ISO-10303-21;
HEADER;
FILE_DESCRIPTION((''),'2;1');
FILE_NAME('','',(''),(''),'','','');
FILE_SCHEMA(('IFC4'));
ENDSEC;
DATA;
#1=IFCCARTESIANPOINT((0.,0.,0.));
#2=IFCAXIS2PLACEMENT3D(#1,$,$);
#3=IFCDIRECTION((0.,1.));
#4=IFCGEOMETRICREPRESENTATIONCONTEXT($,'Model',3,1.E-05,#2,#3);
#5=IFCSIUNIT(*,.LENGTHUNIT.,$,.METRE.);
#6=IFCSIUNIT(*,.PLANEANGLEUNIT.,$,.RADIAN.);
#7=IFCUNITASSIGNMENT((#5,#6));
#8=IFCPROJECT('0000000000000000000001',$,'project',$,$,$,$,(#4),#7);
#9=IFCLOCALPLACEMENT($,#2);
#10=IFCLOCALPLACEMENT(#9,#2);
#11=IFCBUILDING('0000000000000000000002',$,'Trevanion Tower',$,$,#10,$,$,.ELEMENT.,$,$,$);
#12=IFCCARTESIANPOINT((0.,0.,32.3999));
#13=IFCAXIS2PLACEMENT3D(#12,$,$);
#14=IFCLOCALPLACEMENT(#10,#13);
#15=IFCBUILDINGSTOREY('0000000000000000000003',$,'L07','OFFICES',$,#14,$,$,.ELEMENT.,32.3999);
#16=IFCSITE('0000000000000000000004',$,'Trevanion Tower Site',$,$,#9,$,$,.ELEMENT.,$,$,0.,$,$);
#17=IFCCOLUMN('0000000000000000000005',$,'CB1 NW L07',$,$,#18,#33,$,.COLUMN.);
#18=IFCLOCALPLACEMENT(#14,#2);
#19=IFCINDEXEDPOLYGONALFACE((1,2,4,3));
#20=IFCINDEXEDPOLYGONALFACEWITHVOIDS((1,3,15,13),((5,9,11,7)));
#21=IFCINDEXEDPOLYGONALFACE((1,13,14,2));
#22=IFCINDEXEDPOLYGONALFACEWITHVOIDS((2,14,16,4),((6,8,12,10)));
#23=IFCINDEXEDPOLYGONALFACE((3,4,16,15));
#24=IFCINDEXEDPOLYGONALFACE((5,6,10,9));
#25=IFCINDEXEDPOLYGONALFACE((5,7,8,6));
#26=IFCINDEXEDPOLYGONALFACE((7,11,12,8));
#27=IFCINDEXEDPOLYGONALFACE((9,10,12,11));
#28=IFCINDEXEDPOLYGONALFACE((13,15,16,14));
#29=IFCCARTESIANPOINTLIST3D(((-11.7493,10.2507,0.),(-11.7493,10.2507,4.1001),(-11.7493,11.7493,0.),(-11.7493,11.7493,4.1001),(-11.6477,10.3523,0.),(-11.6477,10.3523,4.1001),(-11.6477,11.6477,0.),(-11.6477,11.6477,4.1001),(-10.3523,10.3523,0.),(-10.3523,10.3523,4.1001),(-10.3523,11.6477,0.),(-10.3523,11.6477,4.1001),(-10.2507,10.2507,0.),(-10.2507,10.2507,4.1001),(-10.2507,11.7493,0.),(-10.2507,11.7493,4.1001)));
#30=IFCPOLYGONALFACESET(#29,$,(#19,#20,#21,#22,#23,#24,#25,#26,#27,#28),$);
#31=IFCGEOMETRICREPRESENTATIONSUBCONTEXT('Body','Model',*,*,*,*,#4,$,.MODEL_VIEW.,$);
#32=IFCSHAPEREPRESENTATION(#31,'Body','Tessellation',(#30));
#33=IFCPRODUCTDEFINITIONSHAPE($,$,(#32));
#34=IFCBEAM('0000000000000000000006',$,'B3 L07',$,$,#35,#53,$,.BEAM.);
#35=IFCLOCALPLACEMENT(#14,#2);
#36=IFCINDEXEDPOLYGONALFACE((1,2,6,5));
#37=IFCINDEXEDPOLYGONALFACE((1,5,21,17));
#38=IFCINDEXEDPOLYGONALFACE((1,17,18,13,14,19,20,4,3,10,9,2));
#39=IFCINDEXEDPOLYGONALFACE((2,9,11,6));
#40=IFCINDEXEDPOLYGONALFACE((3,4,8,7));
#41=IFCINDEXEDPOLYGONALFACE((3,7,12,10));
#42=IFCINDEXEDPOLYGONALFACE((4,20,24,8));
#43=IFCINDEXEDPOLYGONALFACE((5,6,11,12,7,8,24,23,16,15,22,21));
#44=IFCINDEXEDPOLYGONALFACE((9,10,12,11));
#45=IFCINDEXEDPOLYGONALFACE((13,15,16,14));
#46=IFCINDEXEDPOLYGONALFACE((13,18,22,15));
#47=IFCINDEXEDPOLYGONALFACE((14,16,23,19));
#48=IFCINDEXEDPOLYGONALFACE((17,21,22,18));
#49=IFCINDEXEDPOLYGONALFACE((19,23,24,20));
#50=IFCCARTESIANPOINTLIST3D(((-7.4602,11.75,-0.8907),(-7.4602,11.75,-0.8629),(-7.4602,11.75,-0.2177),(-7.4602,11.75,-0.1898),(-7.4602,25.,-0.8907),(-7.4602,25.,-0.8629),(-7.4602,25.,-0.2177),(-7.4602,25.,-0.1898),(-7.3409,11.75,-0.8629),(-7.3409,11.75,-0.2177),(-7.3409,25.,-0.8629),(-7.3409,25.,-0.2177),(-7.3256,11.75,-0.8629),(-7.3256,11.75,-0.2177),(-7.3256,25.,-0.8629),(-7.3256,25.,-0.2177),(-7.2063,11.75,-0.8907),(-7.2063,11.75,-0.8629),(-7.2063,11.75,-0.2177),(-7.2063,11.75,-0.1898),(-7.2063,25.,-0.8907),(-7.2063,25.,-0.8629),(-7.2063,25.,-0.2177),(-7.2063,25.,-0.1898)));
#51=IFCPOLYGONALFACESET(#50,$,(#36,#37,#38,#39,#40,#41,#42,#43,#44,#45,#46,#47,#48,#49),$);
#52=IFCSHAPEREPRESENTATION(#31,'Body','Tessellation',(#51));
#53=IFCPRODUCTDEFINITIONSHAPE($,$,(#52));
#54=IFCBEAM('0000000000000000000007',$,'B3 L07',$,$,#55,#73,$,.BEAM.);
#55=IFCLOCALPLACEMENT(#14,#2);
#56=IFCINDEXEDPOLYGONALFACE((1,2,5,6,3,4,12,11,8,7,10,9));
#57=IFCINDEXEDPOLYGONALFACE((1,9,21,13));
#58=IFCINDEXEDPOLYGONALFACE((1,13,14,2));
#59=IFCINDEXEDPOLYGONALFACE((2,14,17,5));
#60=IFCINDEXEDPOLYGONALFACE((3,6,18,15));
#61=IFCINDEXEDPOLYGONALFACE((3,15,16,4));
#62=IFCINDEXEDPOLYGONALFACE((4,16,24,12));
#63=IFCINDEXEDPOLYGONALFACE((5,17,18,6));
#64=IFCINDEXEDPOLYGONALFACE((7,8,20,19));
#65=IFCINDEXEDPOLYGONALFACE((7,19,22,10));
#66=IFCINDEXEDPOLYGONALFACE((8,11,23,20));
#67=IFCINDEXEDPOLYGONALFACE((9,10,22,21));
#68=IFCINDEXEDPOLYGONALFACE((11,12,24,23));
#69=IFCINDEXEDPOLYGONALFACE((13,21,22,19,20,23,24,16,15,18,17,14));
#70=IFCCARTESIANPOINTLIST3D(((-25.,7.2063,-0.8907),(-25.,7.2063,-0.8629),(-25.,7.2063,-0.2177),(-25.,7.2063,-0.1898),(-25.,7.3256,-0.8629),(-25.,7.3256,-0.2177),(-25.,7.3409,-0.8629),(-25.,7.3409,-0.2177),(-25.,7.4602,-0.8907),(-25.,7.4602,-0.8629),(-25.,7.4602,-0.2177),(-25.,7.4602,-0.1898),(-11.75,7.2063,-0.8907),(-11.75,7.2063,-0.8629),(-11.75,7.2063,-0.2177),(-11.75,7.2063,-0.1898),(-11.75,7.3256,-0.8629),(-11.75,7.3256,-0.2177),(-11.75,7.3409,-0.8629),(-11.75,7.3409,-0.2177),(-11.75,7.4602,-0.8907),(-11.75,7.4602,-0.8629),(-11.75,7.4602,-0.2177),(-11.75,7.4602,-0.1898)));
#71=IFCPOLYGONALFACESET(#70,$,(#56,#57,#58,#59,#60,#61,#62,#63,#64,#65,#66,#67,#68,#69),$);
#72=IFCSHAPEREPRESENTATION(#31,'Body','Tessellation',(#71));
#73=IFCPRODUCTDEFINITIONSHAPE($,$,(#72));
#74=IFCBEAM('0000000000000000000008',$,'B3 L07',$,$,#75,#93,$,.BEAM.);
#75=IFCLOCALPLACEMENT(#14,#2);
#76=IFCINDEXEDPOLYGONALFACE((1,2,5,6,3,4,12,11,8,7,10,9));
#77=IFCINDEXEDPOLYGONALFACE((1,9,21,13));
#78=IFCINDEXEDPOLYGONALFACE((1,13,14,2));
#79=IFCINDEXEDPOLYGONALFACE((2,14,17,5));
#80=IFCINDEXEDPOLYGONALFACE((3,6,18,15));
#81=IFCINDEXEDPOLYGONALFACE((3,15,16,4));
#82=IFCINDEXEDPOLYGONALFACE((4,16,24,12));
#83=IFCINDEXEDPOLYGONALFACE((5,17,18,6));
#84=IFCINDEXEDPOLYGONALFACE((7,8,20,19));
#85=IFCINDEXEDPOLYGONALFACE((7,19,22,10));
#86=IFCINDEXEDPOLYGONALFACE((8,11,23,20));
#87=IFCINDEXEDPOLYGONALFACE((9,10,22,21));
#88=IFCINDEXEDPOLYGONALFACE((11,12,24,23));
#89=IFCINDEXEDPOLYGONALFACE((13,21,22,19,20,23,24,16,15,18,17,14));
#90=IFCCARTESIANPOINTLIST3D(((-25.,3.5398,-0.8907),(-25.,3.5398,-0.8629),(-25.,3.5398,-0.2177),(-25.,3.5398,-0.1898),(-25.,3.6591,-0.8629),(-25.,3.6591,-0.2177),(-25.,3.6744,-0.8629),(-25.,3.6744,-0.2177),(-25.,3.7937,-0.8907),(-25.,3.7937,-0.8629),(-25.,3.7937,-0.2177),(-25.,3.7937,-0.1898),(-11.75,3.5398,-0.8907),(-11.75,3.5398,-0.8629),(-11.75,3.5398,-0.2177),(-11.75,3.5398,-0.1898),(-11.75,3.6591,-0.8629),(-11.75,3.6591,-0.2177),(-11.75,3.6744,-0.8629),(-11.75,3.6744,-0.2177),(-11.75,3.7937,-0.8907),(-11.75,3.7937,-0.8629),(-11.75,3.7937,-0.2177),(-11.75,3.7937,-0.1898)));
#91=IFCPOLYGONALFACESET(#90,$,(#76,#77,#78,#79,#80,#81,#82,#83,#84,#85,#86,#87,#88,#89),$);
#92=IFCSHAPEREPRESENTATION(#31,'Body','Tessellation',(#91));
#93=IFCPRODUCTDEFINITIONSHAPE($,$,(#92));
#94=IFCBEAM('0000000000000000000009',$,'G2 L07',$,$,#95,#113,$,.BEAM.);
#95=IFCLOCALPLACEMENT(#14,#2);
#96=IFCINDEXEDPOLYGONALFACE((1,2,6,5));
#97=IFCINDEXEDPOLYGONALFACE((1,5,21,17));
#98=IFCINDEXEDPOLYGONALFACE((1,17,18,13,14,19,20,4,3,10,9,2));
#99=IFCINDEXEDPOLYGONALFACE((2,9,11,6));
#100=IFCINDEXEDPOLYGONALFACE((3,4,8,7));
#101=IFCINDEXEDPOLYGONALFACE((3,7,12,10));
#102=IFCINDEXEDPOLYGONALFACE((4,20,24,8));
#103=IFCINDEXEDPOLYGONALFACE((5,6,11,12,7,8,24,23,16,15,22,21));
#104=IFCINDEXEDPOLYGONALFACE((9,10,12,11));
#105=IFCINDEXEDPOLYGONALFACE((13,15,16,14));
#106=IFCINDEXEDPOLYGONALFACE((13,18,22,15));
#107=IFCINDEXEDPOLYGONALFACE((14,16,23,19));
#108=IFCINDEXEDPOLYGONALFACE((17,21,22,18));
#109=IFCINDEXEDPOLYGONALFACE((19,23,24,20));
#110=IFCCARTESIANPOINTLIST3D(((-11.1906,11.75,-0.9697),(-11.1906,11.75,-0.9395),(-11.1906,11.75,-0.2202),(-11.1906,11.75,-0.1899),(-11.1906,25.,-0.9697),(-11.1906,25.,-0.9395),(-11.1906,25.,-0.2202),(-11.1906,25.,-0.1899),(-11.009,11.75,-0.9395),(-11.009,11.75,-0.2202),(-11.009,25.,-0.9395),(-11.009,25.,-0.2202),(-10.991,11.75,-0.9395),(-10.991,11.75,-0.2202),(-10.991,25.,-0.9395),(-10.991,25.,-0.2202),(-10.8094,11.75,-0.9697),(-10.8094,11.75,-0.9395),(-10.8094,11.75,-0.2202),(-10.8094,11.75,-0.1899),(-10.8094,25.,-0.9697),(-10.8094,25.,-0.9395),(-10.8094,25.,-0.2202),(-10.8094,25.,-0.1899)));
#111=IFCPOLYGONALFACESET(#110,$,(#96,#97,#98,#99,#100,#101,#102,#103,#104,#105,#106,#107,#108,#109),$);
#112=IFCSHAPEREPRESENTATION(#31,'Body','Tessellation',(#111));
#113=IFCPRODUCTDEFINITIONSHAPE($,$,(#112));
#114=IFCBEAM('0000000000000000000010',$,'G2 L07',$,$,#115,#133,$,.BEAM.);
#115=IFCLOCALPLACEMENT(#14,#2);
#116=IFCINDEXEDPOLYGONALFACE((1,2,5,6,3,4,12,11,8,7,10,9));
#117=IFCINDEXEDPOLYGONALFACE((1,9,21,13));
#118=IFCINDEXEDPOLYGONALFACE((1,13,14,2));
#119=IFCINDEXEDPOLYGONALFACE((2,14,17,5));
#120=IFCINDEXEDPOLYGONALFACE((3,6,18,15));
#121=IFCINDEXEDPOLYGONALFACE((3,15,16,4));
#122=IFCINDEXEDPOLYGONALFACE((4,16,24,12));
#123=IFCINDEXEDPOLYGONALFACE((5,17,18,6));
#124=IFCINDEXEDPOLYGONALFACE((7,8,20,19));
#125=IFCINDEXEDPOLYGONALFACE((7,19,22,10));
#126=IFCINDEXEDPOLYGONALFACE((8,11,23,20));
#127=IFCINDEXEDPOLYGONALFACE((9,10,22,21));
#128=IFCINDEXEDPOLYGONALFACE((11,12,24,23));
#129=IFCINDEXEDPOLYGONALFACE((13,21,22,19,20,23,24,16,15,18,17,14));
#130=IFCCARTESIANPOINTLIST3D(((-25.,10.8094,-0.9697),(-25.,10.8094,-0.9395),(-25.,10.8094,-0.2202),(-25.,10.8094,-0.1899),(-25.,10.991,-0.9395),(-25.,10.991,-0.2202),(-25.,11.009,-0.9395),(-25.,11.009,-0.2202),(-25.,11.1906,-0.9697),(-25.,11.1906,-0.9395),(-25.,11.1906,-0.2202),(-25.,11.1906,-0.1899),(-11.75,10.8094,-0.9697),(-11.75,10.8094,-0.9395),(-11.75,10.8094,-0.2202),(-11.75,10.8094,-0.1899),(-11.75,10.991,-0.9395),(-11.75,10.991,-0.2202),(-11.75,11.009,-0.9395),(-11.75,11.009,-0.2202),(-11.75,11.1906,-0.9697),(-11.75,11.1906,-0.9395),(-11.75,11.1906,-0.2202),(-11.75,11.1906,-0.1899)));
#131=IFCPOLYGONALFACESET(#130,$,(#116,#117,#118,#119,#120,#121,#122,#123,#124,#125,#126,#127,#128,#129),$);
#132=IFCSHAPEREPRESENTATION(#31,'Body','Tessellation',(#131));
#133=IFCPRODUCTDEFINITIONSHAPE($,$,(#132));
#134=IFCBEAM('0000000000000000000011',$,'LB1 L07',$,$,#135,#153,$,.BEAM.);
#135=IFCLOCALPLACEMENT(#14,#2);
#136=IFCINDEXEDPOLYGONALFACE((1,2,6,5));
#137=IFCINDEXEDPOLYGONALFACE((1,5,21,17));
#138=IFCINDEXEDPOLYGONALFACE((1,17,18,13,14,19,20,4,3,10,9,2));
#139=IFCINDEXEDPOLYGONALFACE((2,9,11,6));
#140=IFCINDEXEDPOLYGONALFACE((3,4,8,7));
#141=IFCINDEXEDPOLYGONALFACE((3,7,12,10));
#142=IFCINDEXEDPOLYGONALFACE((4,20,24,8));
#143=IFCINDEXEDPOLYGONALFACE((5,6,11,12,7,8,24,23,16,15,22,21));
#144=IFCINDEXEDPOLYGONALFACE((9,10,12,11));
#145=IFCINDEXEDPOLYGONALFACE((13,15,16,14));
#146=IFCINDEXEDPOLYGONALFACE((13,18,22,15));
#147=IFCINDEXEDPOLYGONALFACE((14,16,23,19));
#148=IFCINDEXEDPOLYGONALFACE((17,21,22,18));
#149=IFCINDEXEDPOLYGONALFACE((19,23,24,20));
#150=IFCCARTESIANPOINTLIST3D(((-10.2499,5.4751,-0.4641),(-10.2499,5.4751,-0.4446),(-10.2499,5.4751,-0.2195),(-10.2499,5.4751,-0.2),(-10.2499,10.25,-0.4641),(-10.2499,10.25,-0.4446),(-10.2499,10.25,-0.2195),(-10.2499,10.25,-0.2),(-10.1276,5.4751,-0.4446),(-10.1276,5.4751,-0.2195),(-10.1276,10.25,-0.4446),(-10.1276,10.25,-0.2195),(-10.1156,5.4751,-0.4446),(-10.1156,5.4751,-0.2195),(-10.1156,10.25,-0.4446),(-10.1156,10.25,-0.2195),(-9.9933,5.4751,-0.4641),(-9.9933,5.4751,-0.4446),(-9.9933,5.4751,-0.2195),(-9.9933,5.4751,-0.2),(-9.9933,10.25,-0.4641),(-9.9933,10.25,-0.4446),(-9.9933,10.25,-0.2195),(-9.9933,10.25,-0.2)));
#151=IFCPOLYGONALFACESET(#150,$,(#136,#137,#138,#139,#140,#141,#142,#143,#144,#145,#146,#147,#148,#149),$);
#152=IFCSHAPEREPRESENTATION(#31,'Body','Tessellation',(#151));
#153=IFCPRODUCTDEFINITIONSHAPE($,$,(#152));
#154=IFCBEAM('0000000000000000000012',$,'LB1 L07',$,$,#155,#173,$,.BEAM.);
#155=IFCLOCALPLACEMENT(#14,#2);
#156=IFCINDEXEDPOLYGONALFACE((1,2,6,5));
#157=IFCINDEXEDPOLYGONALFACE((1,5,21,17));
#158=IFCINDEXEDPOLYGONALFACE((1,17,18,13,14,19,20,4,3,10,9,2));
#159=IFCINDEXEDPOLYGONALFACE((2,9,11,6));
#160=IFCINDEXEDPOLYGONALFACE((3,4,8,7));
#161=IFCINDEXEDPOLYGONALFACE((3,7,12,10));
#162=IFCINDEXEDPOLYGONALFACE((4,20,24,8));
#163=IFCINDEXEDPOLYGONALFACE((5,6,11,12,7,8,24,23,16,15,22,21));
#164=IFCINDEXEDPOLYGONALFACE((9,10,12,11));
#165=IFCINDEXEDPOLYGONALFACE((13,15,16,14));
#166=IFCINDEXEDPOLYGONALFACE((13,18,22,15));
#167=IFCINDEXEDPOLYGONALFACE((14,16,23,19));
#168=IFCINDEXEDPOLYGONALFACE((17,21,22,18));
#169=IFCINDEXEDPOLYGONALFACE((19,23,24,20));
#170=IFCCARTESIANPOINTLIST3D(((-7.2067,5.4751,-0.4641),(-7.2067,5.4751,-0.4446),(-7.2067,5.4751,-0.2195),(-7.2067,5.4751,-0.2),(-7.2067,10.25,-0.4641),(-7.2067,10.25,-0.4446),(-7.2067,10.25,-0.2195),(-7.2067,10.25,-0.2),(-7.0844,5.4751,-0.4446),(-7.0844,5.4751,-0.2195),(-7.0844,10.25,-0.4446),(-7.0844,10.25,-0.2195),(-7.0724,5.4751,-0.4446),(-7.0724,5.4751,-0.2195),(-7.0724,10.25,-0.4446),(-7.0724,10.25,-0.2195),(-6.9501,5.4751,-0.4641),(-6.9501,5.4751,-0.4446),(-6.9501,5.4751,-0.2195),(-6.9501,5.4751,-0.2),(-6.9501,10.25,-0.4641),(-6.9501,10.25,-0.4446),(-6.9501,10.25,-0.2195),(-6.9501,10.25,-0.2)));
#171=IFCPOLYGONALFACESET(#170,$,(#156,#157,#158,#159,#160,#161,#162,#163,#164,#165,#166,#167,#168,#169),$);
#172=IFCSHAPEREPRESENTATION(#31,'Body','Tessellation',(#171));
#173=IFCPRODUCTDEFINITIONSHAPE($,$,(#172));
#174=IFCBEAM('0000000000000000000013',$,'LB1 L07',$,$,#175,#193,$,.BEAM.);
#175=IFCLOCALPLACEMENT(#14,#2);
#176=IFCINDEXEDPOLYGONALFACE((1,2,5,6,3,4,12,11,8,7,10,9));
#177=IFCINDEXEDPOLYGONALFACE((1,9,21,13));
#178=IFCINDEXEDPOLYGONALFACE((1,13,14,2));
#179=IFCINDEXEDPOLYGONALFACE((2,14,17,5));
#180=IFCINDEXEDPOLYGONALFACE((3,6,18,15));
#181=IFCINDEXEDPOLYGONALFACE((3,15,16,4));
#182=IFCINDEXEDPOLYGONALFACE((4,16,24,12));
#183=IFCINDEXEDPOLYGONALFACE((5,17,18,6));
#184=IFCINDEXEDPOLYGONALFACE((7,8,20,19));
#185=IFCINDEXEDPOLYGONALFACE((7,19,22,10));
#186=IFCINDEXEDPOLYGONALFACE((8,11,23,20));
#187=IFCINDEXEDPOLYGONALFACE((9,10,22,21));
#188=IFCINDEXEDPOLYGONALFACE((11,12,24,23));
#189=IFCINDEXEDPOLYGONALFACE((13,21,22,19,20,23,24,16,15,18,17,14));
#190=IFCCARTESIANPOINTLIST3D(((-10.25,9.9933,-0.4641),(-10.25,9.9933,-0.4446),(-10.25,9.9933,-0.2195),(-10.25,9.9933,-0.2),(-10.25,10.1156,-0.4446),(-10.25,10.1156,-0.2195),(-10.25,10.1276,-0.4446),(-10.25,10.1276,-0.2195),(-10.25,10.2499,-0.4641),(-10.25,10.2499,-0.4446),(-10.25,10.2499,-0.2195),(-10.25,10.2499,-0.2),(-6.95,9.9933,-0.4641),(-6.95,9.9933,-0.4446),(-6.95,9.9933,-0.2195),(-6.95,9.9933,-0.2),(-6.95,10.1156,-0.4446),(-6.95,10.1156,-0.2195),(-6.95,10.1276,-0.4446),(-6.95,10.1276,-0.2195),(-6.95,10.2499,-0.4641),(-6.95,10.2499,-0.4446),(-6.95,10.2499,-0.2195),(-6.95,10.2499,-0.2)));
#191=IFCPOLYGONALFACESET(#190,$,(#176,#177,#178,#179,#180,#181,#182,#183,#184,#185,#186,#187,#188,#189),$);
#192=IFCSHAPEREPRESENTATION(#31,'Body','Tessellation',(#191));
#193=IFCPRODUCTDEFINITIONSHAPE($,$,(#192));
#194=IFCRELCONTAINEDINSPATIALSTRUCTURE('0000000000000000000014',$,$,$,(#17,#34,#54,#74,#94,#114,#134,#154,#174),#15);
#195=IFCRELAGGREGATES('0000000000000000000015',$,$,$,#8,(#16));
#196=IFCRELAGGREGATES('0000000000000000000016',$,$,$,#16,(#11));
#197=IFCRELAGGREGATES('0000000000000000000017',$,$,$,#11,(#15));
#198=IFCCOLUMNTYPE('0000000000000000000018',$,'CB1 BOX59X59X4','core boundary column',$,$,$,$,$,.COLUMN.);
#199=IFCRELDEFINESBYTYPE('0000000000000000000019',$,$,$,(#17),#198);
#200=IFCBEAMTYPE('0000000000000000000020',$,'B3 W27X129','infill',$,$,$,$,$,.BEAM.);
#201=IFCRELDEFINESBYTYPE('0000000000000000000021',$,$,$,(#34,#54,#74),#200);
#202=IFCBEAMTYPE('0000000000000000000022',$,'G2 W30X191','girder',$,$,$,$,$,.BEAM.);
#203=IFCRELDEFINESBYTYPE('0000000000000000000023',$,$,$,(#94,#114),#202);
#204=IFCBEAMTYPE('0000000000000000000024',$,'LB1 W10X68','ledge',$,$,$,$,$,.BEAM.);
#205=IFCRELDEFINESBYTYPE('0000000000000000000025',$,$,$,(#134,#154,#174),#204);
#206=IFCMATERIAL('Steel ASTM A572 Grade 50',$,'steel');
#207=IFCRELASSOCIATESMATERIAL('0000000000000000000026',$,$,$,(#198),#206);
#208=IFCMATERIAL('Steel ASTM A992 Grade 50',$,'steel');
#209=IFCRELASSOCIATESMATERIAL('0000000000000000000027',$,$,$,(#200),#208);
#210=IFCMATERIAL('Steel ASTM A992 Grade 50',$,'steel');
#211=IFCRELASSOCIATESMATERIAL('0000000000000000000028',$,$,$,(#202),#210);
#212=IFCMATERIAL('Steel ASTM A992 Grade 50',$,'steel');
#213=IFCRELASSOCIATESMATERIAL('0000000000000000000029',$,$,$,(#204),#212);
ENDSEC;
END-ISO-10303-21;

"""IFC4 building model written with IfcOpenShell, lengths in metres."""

from ifc_helpers import new_model, si_unit, direction, frame, origin, origin_2d, place, context, subcontext, project, spatial, hollow_rectangle, i_section, extrude, material, material_profile, profile_set, type_object, element, save


model = new_model("IFC4")

# Units and contexts
model_context = context("Model", 3, precision=1e-05, world=origin(), true_north=direction((0.0, 1.0)))
body_context = subcontext(model_context, "Body", "Model", "MODEL_VIEW")
ifc_project = project(units=[si_unit("LENGTHUNIT", "METRE"), si_unit("PLANEANGLEUNIT", "RADIAN")], contexts=[model_context])

# Site, building, storey
site_placement = place(None, origin())
site = spatial("IfcSite", under=ifc_project, at=site_placement, Name="Trevanion Tower Site", CompositionType="ELEMENT", RefElevation=0.0)
building_placement = place(site_placement, origin())
building = spatial("IfcBuilding", under=site, at=building_placement, Name="Trevanion Tower", CompositionType="ELEMENT")
storey_placement = place(building_placement, frame((0.0, 0.0, 32.3999)))
storey = spatial("IfcBuildingStorey", under=building, at=storey_placement, Name="L07", Description="OFFICES", CompositionType="ELEMENT", Elevation=32.3999)

# Column
ifc_material_1 = material(Name="Steel ASTM A572 Grade 50", Category="steel")
ifc_material_profile_1 = material_profile(ifc_material_1, hollow_rectangle(XDim=1.4985, YDim=1.4985, WallThickness=0.1016, at=origin_2d()), Name="BOX59X59X4")
ifc_profile_set_1 = profile_set([ifc_material_profile_1], Name="Steel ASTM A572 Grade 50")
column_type = type_object("IfcColumnType", Name="CB1 BOX59X59X4", Description="core boundary column", PredefinedType="COLUMN", material=ifc_profile_set_1)
column_placement = place(storey_placement, frame((-11.0, 11.0, 0.0), z_axis=(0.0, 0.0, 1.0), x_axis=(1.0, 0.0, 0.0)))
element("IfcColumn", 1, at=column_placement, inside=storey, type_object=column_type, Name="CB1 NW L07", PredefinedType="COLUMN", context=body_context, shape_type="SweptSolid", body=[
    extrude(hollow_rectangle(XDim=1.4985, YDim=1.4985, WallThickness=0.1016, at=origin_2d()), origin(), (0.0, 0.0, 1.0), 4.1001),
])

# Beams
ifc_material_2 = material(Name="Steel ASTM A992 Grade 50", Category="steel")
ifc_material_profile_2 = material_profile(ifc_material_2, i_section(OverallWidth=0.2539, OverallDepth=0.7009, WebThickness=0.0154, FlangeThickness=0.0278, at=origin_2d()), Name="W27X129")
ifc_profile_set_2 = profile_set([ifc_material_profile_2], Name="Steel ASTM A992 Grade 50")
beam_type_1 = type_object("IfcBeamType", Name="B3 W27X129", Description="infill", PredefinedType="BEAM", material=ifc_profile_set_2)
for number, where, z_axis, x_axis, name in (
    (2, (-7.3333, 11.75, -0.5403), (0.0, 1.0, 0.0), (-1.0, 0.0, 0.0), "B3 L07"),
    (3, (-11.75, 7.3333, -0.5403), (-1.0, 0.0, 0.0), (0.0, -1.0, 0.0), "B3 L07"),
    (4, (-11.75, 3.6667, -0.5403), (-1.0, 0.0, 0.0), (0.0, -1.0, 0.0), "B3 L07"),
):
    element("IfcBeam", number, at=place(storey_placement, frame(where, z_axis=z_axis, x_axis=x_axis)), inside=storey, type_object=beam_type_1, Name=name, PredefinedType="BEAM", context=body_context, shape_type="SweptSolid", body=[
        extrude(i_section(OverallWidth=0.2539, OverallDepth=0.7009, WebThickness=0.0154, FlangeThickness=0.0278, at=origin_2d()), origin(), (0.0, 0.0, 1.0), 13.25),
    ])
ifc_material_3 = material(Name="Steel ASTM A992 Grade 50", Category="steel")
ifc_material_profile_3 = material_profile(ifc_material_3, i_section(OverallWidth=0.3811, OverallDepth=0.7798, WebThickness=0.0181, FlangeThickness=0.0303, at=origin_2d()), Name="W30X191")
ifc_profile_set_3 = profile_set([ifc_material_profile_3], Name="Steel ASTM A992 Grade 50")
beam_type_2 = type_object("IfcBeamType", Name="G2 W30X191", Description="girder", PredefinedType="BEAM", material=ifc_profile_set_3)
for number, where, z_axis, x_axis, name in (
    (5, (-11.0, 11.75, -0.5798), (0.0, 1.0, 0.0), (-1.0, 0.0, 0.0), "G2 L07"),
    (6, (-11.75, 11.0, -0.5798), (-1.0, 0.0, 0.0), (0.0, -1.0, 0.0), "G2 L07"),
):
    element("IfcBeam", number, at=place(storey_placement, frame(where, z_axis=z_axis, x_axis=x_axis)), inside=storey, type_object=beam_type_2, Name=name, PredefinedType="BEAM", context=body_context, shape_type="SweptSolid", body=[
        extrude(i_section(OverallWidth=0.3811, OverallDepth=0.7798, WebThickness=0.0181, FlangeThickness=0.0303, at=origin_2d()), origin(), (0.0, 0.0, 1.0), 13.25),
    ])
ifc_material_4 = material(Name="Steel ASTM A992 Grade 50", Category="steel")
ifc_material_profile_4 = material_profile(ifc_material_4, i_section(OverallWidth=0.2566, OverallDepth=0.2642, WebThickness=0.012, FlangeThickness=0.0195, at=origin_2d()), Name="W10X68")
ifc_profile_set_4 = profile_set([ifc_material_profile_4], Name="Steel ASTM A992 Grade 50")
beam_type_3 = type_object("IfcBeamType", Name="LB1 W10X68", Description="ledge", PredefinedType="BEAM", material=ifc_profile_set_4)
for number, where, z_axis, x_axis, name in (
    (7, (-10.1216, 5.4751, -0.332), (0.0, 1.0, 0.0), (-1.0, 0.0, 0.0), "LB1 L07"),
    (8, (-7.0784, 5.4751, -0.332), (0.0, 1.0, 0.0), (-1.0, 0.0, 0.0), "LB1 L07"),
):
    element("IfcBeam", number, at=place(storey_placement, frame(where, z_axis=z_axis, x_axis=x_axis)), inside=storey, type_object=beam_type_3, Name=name, PredefinedType="BEAM", context=body_context, shape_type="SweptSolid", body=[
        extrude(i_section(OverallWidth=0.2566, OverallDepth=0.2642, WebThickness=0.012, FlangeThickness=0.0195, at=origin_2d()), origin(), (0.0, 0.0, 1.0), 4.7749),
    ])
beam_placement = place(storey_placement, frame((-10.25, 10.1216, -0.332), z_axis=(1.0, 0.0, 0.0), x_axis=(0.0, 1.0, 0.0)))
element("IfcBeam", 9, at=beam_placement, inside=storey, type_object=beam_type_3, Name="LB1 L07", PredefinedType="BEAM", context=body_context, shape_type="SweptSolid", body=[
    extrude(i_section(OverallWidth=0.2566, OverallDepth=0.2642, WebThickness=0.012, FlangeThickness=0.0195, at=origin_2d()), origin(), (0.0, 0.0, 1.0), 3.3),
])

save(model, "model.ifc")
